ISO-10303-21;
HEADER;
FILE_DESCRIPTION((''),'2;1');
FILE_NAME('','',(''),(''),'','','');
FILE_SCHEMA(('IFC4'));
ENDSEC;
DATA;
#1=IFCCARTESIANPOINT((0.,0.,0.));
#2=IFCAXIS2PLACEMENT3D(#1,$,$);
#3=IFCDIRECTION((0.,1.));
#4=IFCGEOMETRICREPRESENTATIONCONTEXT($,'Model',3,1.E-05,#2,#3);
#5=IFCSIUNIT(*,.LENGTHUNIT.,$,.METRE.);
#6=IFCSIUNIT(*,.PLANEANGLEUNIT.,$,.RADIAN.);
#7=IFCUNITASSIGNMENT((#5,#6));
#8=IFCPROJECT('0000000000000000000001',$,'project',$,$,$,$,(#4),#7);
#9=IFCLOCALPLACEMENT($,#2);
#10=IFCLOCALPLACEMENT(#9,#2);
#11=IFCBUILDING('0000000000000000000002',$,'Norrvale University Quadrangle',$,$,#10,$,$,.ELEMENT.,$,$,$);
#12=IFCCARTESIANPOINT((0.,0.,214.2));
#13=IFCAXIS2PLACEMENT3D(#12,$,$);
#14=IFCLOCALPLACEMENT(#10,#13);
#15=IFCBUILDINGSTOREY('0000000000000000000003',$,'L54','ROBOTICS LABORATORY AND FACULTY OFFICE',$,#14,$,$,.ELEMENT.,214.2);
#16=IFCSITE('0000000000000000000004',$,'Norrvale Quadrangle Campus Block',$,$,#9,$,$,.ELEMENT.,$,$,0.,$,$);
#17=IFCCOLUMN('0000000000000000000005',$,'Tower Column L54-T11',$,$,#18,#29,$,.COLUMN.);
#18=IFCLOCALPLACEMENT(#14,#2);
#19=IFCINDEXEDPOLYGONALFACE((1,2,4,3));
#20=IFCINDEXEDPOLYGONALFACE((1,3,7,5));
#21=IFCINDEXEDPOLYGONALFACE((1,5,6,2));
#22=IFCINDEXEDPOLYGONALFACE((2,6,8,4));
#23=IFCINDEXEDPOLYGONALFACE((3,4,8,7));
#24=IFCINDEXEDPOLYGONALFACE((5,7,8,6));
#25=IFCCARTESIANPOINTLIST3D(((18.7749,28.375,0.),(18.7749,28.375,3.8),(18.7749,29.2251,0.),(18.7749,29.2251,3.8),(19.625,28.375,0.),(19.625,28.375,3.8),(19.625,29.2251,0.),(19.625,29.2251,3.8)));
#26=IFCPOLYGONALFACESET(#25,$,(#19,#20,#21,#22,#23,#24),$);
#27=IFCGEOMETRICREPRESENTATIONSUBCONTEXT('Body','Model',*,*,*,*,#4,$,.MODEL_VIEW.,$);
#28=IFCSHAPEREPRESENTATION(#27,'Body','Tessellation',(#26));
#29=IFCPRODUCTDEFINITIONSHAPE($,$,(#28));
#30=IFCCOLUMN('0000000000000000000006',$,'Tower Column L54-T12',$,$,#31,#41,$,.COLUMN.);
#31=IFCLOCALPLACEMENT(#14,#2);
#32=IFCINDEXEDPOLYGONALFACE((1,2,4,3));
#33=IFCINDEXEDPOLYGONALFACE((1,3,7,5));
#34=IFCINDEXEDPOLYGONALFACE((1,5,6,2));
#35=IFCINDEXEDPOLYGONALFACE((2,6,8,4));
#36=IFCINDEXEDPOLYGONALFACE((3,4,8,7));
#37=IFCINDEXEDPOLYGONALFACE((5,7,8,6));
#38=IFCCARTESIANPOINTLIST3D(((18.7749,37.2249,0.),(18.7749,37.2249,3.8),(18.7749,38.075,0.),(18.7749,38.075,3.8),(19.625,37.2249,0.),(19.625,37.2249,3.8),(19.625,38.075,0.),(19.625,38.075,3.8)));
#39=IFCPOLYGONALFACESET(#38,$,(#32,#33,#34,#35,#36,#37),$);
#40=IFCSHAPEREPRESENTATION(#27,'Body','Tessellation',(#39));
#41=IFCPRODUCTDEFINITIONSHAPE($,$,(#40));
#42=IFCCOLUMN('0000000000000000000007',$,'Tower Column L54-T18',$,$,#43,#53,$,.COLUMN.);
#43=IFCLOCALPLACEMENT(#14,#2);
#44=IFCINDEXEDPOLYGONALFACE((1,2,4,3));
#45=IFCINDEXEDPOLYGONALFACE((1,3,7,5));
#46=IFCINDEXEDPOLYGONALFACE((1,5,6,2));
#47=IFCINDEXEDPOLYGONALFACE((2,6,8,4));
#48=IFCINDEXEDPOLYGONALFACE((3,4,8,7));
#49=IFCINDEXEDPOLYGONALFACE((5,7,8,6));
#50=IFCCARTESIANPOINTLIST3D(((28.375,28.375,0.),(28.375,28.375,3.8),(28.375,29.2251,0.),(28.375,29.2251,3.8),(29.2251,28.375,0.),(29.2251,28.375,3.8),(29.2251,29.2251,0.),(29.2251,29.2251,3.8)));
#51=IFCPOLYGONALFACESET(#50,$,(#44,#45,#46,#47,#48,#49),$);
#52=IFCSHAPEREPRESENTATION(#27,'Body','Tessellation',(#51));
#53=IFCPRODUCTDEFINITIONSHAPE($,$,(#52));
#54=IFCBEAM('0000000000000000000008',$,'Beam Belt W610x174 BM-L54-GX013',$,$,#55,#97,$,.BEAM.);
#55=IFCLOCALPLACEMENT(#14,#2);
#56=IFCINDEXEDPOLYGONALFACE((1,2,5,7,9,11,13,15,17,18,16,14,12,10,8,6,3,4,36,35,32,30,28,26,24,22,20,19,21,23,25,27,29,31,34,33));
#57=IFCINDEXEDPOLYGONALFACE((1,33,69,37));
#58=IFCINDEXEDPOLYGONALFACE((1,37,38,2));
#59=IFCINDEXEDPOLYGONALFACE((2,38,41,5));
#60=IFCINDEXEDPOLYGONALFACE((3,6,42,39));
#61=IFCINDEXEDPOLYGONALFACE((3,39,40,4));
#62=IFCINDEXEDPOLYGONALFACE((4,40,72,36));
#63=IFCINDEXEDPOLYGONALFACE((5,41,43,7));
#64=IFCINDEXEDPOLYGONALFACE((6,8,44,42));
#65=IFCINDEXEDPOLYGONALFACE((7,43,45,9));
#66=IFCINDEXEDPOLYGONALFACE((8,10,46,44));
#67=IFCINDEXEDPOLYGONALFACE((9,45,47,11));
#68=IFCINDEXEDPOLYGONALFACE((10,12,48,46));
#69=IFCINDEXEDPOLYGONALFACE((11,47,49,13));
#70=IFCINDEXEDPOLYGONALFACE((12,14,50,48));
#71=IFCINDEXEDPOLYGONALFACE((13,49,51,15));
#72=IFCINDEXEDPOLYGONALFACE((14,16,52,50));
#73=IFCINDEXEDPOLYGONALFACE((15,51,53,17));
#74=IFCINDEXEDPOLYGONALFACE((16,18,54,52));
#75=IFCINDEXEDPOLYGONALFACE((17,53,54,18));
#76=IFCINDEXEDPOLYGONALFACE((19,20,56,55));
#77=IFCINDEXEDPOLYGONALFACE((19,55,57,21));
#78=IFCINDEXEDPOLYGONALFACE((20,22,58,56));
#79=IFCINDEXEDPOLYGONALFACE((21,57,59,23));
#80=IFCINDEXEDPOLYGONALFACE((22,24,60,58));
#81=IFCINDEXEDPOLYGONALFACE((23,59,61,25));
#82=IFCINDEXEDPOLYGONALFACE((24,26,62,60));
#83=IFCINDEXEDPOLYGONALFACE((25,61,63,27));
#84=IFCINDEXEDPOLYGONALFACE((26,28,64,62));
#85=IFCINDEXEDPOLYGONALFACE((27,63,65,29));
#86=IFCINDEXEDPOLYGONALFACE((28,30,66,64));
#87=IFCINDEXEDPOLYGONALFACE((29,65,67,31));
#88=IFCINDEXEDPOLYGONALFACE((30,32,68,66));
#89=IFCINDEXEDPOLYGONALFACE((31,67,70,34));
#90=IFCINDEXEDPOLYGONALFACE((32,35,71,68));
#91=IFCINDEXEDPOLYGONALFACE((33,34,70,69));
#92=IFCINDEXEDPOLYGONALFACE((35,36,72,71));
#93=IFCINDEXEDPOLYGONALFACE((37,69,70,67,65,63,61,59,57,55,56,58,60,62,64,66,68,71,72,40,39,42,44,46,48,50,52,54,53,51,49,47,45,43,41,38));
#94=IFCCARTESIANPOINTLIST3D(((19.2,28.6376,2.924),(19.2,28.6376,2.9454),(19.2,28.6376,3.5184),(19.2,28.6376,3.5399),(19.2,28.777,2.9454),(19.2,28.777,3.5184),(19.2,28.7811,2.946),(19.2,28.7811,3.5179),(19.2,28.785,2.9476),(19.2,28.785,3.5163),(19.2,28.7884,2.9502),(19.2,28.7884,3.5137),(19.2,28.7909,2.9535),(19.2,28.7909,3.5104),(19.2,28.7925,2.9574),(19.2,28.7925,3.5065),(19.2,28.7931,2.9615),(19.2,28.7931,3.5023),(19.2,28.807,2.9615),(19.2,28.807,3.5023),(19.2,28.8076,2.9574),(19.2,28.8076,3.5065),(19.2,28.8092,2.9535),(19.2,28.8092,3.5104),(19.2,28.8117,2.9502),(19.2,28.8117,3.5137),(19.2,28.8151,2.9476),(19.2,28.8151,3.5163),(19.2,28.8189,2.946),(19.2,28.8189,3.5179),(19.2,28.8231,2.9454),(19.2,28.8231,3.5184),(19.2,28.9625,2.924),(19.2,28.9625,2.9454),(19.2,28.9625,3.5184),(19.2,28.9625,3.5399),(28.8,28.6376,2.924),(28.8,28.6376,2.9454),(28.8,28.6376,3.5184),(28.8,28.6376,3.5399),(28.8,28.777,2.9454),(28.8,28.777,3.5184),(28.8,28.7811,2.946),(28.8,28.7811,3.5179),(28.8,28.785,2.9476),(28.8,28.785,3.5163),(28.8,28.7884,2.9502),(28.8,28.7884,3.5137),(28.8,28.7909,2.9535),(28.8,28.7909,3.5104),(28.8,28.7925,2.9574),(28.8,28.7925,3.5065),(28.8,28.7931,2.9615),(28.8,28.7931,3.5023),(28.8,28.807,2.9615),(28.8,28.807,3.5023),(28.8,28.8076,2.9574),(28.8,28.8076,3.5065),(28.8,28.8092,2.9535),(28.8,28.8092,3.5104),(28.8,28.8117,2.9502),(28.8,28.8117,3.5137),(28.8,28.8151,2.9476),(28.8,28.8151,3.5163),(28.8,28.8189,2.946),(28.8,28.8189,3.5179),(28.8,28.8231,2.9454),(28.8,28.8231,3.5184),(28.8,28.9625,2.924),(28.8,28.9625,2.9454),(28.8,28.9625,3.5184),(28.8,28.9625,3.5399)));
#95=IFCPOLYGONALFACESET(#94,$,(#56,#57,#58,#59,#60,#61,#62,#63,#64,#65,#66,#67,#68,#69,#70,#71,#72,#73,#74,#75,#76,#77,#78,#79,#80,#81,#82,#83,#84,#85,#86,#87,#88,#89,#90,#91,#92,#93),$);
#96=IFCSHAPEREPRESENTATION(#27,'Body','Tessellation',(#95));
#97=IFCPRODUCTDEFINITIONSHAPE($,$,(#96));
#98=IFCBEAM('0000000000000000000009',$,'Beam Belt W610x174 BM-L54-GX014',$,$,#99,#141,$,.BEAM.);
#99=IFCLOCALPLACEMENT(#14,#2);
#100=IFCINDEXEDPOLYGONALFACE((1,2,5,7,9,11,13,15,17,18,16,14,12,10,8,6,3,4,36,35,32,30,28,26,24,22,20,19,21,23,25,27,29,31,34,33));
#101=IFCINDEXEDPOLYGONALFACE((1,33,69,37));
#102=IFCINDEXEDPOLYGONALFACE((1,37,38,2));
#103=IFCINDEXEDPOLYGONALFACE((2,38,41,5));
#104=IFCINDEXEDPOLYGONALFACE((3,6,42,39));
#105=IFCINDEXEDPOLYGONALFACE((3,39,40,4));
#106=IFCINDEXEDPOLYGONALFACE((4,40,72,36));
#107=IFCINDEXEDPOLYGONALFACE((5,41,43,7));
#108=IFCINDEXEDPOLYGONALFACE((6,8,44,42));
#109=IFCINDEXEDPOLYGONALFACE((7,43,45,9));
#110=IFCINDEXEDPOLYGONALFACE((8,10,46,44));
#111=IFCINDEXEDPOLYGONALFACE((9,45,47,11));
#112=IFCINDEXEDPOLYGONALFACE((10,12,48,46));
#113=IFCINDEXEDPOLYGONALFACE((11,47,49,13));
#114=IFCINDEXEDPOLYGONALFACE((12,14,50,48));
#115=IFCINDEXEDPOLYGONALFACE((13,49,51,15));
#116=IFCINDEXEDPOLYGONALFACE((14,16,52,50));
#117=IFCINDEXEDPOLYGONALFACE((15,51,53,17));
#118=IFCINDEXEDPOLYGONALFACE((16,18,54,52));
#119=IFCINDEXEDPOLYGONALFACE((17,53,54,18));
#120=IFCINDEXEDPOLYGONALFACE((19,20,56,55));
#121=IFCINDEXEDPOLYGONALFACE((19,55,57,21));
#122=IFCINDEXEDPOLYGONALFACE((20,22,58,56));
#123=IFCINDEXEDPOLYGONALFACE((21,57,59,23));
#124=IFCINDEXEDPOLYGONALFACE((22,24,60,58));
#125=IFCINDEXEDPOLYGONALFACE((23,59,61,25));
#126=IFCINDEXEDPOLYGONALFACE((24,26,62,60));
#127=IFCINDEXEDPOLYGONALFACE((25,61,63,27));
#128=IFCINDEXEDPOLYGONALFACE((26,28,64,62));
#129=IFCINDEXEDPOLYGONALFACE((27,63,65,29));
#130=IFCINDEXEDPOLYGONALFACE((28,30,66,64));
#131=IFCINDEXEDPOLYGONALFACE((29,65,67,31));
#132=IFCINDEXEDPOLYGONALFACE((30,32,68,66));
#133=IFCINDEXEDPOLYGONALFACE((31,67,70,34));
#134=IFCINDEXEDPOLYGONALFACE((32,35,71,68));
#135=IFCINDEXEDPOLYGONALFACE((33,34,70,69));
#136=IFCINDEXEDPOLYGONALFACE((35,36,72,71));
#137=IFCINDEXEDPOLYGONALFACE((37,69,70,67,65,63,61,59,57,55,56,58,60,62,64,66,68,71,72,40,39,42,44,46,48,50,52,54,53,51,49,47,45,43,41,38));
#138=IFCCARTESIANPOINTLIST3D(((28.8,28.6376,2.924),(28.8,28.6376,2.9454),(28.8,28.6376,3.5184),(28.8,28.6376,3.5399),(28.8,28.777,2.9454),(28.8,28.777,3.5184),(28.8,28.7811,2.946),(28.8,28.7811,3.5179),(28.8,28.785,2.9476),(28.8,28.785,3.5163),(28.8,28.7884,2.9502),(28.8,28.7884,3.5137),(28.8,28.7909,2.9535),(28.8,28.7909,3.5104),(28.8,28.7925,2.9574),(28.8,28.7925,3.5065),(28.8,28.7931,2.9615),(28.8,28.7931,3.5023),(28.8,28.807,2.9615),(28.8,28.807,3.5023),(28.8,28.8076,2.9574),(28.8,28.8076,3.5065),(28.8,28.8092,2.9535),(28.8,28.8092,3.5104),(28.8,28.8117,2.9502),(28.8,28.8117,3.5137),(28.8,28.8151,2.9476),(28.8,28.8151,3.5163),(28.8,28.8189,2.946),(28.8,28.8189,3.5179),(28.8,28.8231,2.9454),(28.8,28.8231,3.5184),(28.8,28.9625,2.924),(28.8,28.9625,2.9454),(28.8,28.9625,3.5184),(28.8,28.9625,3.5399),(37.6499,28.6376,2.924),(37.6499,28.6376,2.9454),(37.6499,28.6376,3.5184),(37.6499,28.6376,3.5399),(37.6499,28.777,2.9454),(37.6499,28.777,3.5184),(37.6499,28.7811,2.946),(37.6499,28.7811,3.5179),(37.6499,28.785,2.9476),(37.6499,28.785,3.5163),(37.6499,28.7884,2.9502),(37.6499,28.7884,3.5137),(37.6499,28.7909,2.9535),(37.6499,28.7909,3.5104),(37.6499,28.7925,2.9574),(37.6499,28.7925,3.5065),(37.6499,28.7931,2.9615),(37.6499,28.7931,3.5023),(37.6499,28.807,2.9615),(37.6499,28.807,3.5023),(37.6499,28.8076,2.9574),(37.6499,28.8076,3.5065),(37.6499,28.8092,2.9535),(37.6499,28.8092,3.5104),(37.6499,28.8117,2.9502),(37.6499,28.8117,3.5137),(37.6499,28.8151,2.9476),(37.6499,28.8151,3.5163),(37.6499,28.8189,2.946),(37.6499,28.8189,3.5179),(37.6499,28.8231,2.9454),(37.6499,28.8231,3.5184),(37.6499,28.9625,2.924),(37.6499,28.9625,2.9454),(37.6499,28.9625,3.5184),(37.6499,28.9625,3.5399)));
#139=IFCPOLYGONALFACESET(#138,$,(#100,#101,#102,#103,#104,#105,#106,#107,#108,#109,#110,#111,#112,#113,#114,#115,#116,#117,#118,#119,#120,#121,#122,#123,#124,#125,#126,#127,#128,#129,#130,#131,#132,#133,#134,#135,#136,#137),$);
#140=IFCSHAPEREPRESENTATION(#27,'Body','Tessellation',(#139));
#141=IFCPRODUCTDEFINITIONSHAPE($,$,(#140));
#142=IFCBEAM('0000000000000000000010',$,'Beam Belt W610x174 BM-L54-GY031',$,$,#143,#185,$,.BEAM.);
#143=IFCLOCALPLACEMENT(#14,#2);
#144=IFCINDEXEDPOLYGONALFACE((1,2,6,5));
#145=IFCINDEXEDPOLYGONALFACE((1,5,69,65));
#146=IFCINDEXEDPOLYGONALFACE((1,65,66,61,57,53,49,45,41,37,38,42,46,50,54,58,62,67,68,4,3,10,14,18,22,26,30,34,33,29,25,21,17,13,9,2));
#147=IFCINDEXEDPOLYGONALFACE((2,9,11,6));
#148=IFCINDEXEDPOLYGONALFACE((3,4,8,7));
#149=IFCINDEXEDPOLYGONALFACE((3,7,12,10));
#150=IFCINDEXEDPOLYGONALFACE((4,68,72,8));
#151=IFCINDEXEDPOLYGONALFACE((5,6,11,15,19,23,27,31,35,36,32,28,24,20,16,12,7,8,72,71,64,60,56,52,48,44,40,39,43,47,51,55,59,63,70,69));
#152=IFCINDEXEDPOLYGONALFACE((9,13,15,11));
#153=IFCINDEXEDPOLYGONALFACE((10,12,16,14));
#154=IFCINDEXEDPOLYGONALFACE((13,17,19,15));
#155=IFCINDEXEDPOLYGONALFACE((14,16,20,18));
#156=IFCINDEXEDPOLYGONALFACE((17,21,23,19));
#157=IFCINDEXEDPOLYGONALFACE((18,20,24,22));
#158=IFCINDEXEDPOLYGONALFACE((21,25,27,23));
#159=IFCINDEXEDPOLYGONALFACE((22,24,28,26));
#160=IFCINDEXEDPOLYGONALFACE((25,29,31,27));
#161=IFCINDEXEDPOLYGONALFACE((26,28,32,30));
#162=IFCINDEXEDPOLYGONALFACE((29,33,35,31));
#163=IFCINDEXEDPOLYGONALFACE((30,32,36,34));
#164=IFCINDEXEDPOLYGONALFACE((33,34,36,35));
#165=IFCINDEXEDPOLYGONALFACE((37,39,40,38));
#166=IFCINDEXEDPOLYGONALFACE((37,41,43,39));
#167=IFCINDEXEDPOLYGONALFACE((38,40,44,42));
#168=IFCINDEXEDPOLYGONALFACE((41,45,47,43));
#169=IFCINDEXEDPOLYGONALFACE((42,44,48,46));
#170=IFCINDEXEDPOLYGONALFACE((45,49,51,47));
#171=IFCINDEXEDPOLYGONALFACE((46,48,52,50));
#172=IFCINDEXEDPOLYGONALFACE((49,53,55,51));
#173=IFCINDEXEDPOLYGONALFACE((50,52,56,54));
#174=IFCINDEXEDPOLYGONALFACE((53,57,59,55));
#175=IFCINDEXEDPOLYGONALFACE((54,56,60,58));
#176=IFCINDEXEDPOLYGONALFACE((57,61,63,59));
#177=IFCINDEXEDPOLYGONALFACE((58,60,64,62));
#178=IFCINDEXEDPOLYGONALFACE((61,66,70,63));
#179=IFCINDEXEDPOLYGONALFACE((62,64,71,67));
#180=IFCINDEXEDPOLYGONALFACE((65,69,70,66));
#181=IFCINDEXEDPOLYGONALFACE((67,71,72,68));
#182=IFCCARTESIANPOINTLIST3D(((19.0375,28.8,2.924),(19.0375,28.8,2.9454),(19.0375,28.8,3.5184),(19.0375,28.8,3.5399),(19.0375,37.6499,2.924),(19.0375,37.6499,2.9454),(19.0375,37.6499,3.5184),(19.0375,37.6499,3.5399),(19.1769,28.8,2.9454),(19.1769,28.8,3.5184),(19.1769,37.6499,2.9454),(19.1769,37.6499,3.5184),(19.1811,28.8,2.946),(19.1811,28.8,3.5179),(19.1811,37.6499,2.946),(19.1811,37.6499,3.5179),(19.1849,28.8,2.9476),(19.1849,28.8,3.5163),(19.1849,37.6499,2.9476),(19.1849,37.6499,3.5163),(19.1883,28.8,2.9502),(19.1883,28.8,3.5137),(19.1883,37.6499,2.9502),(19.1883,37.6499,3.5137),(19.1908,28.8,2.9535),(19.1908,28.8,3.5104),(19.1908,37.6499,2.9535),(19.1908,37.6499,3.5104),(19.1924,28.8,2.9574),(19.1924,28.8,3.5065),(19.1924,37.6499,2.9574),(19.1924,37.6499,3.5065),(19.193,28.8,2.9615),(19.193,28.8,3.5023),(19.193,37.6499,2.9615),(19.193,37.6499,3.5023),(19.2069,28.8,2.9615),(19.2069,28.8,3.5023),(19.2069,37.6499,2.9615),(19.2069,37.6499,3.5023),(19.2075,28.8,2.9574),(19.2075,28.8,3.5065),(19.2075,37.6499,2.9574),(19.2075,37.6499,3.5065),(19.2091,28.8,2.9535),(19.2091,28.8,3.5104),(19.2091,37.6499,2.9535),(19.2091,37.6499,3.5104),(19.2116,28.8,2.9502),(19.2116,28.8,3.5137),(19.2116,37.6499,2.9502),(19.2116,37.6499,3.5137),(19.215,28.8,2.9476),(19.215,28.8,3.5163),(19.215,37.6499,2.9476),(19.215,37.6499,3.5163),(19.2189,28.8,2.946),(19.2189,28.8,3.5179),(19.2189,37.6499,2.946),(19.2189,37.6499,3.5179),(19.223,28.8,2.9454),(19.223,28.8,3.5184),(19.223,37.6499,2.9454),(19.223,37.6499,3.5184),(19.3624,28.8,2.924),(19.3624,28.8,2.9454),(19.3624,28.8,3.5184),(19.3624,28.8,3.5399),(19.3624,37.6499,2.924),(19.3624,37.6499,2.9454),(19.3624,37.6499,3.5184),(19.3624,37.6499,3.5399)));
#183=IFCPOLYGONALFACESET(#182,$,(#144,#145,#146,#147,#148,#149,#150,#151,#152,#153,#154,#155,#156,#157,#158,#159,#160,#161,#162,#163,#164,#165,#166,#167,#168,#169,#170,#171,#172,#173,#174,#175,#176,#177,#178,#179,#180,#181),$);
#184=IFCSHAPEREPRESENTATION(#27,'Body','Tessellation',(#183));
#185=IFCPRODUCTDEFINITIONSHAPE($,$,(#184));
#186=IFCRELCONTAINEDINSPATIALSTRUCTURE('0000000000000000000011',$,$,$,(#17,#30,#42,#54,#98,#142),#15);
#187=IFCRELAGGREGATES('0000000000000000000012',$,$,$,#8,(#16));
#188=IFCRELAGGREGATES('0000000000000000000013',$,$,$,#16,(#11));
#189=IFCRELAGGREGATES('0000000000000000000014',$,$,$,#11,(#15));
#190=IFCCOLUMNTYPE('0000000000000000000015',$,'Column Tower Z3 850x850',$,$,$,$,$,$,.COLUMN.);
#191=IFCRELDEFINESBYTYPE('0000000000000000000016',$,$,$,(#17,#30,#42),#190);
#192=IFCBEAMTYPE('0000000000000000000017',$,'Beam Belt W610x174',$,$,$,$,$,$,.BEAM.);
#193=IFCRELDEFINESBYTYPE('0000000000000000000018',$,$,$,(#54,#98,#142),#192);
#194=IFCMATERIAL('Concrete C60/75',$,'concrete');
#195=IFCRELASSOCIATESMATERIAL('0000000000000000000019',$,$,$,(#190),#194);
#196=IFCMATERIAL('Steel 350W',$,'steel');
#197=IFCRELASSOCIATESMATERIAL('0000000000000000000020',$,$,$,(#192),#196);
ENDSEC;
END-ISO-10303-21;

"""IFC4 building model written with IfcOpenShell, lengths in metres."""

from ifc_helpers import new_model, si_unit, direction, frame, origin, origin_2d, place, context, subcontext, project, spatial, rectangle, i_section, extrude, material, material_profile, profile_set, type_object, element, save


model = new_model("IFC4")

# Units and contexts
model_context = context("Model", 3, precision=1e-05, world=origin(), true_north=direction((0.0, 1.0)))
body_context = subcontext(model_context, "Body", "Model", "MODEL_VIEW")
ifc_project = project(units=[si_unit("LENGTHUNIT", "METRE"), si_unit("PLANEANGLEUNIT", "RADIAN")], contexts=[model_context])

# Site, building, storey
site_placement = place(None, origin())
site = spatial("IfcSite", under=ifc_project, at=site_placement, Name="Norrvale Quadrangle Campus Block", CompositionType="ELEMENT", RefElevation=0.0)
building_placement = place(site_placement, origin())
building = spatial("IfcBuilding", under=site, at=building_placement, Name="Norrvale University Quadrangle", CompositionType="ELEMENT")
storey_placement = place(building_placement, frame((0.0, 0.0, 214.2)))
storey = spatial("IfcBuildingStorey", under=building, at=storey_placement, Name="L54", Description="ROBOTICS LABORATORY AND FACULTY OFFICE", CompositionType="ELEMENT", Elevation=214.2)

# Columns
ifc_material_1 = material(Name="Concrete C60/75", Category="concrete")
ifc_material_profile_1 = material_profile(ifc_material_1, rectangle(XDim=0.8501, YDim=0.8501, at=origin_2d()), Name="Concrete C60/75")
ifc_profile_set_1 = profile_set([ifc_material_profile_1], Name="Concrete C60/75")
column_type = type_object("IfcColumnType", Name="Column Tower Z3 850x850", PredefinedType="COLUMN", material=ifc_profile_set_1)
for number, where, z_axis, x_axis, name in (
    (1, (19.2, 28.8, 0.0), (0.0, 0.0, 1.0), (1.0, 0.0, 0.0), "Tower Column L54-T11"),
    (2, (19.2, 37.6499, 0.0), (0.0, 0.0, 1.0), (1.0, 0.0, 0.0), "Tower Column L54-T12"),
    (3, (28.8, 28.8, 0.0), (0.0, 0.0, 1.0), (1.0, 0.0, 0.0), "Tower Column L54-T18"),
):
    element("IfcColumn", number, at=place(storey_placement, frame(where, z_axis=z_axis, x_axis=x_axis)), inside=storey, type_object=column_type, Name=name, PredefinedType="COLUMN", context=body_context, shape_type="SweptSolid", body=[
        extrude(rectangle(XDim=0.8501, YDim=0.8501, at=origin_2d()), origin(), (0.0, 0.0, 1.0), 3.8),
    ])

# Beams
ifc_material_2 = material(Name="Steel 350W", Category="steel")
ifc_material_profile_2 = material_profile(ifc_material_2, i_section(OverallWidth=0.325, OverallDepth=0.616, WebThickness=0.0139, FlangeThickness=0.0215, FilletRadius=0.0161, at=origin_2d()), Name="Steel 350W")
ifc_profile_set_2 = profile_set([ifc_material_profile_2], Name="Steel 350W")
beam_type_1 = type_object("IfcBeamType", Name="Beam Belt W610x174", PredefinedType="BEAM", material=ifc_profile_set_2)
beam_1_placement = place(storey_placement, frame((19.2, 28.8, 3.2319), z_axis=(1.0, 0.0, 0.0), x_axis=(0.0, 1.0, 0.0)))
element("IfcBeam", 4, at=beam_1_placement, inside=storey, type_object=beam_type_1, Name="Beam Belt W610x174 BM-L54-GX013", PredefinedType="BEAM", context=body_context, shape_type="SweptSolid", body=[
    extrude(i_section(OverallWidth=0.325, OverallDepth=0.616, WebThickness=0.0139, FlangeThickness=0.0215, FilletRadius=0.0161, at=origin_2d()), origin(), (0.0, 0.0, 1.0), 9.6001),
])
for number, where, z_axis, x_axis, name in (
    (5, (28.8, 28.8, 3.2319), (1.0, 0.0, 0.0), (0.0, 1.0, 0.0), "Beam Belt W610x174 BM-L54-GX014"),
    (6, (19.2, 28.8, 3.2319), (0.0, 1.0, 0.0), (-1.0, 0.0, 0.0), "Beam Belt W610x174 BM-L54-GY031"),
):
    element("IfcBeam", number, at=place(storey_placement, frame(where, z_axis=z_axis, x_axis=x_axis)), inside=storey, type_object=beam_type_1, Name=name, PredefinedType="BEAM", context=body_context, shape_type="SweptSolid", body=[
        extrude(i_section(OverallWidth=0.325, OverallDepth=0.616, WebThickness=0.0139, FlangeThickness=0.0215, FilletRadius=0.0161, at=origin_2d()), origin(), (0.0, 0.0, 1.0), 8.8499),
    ])

save(model, "model.ifc")
